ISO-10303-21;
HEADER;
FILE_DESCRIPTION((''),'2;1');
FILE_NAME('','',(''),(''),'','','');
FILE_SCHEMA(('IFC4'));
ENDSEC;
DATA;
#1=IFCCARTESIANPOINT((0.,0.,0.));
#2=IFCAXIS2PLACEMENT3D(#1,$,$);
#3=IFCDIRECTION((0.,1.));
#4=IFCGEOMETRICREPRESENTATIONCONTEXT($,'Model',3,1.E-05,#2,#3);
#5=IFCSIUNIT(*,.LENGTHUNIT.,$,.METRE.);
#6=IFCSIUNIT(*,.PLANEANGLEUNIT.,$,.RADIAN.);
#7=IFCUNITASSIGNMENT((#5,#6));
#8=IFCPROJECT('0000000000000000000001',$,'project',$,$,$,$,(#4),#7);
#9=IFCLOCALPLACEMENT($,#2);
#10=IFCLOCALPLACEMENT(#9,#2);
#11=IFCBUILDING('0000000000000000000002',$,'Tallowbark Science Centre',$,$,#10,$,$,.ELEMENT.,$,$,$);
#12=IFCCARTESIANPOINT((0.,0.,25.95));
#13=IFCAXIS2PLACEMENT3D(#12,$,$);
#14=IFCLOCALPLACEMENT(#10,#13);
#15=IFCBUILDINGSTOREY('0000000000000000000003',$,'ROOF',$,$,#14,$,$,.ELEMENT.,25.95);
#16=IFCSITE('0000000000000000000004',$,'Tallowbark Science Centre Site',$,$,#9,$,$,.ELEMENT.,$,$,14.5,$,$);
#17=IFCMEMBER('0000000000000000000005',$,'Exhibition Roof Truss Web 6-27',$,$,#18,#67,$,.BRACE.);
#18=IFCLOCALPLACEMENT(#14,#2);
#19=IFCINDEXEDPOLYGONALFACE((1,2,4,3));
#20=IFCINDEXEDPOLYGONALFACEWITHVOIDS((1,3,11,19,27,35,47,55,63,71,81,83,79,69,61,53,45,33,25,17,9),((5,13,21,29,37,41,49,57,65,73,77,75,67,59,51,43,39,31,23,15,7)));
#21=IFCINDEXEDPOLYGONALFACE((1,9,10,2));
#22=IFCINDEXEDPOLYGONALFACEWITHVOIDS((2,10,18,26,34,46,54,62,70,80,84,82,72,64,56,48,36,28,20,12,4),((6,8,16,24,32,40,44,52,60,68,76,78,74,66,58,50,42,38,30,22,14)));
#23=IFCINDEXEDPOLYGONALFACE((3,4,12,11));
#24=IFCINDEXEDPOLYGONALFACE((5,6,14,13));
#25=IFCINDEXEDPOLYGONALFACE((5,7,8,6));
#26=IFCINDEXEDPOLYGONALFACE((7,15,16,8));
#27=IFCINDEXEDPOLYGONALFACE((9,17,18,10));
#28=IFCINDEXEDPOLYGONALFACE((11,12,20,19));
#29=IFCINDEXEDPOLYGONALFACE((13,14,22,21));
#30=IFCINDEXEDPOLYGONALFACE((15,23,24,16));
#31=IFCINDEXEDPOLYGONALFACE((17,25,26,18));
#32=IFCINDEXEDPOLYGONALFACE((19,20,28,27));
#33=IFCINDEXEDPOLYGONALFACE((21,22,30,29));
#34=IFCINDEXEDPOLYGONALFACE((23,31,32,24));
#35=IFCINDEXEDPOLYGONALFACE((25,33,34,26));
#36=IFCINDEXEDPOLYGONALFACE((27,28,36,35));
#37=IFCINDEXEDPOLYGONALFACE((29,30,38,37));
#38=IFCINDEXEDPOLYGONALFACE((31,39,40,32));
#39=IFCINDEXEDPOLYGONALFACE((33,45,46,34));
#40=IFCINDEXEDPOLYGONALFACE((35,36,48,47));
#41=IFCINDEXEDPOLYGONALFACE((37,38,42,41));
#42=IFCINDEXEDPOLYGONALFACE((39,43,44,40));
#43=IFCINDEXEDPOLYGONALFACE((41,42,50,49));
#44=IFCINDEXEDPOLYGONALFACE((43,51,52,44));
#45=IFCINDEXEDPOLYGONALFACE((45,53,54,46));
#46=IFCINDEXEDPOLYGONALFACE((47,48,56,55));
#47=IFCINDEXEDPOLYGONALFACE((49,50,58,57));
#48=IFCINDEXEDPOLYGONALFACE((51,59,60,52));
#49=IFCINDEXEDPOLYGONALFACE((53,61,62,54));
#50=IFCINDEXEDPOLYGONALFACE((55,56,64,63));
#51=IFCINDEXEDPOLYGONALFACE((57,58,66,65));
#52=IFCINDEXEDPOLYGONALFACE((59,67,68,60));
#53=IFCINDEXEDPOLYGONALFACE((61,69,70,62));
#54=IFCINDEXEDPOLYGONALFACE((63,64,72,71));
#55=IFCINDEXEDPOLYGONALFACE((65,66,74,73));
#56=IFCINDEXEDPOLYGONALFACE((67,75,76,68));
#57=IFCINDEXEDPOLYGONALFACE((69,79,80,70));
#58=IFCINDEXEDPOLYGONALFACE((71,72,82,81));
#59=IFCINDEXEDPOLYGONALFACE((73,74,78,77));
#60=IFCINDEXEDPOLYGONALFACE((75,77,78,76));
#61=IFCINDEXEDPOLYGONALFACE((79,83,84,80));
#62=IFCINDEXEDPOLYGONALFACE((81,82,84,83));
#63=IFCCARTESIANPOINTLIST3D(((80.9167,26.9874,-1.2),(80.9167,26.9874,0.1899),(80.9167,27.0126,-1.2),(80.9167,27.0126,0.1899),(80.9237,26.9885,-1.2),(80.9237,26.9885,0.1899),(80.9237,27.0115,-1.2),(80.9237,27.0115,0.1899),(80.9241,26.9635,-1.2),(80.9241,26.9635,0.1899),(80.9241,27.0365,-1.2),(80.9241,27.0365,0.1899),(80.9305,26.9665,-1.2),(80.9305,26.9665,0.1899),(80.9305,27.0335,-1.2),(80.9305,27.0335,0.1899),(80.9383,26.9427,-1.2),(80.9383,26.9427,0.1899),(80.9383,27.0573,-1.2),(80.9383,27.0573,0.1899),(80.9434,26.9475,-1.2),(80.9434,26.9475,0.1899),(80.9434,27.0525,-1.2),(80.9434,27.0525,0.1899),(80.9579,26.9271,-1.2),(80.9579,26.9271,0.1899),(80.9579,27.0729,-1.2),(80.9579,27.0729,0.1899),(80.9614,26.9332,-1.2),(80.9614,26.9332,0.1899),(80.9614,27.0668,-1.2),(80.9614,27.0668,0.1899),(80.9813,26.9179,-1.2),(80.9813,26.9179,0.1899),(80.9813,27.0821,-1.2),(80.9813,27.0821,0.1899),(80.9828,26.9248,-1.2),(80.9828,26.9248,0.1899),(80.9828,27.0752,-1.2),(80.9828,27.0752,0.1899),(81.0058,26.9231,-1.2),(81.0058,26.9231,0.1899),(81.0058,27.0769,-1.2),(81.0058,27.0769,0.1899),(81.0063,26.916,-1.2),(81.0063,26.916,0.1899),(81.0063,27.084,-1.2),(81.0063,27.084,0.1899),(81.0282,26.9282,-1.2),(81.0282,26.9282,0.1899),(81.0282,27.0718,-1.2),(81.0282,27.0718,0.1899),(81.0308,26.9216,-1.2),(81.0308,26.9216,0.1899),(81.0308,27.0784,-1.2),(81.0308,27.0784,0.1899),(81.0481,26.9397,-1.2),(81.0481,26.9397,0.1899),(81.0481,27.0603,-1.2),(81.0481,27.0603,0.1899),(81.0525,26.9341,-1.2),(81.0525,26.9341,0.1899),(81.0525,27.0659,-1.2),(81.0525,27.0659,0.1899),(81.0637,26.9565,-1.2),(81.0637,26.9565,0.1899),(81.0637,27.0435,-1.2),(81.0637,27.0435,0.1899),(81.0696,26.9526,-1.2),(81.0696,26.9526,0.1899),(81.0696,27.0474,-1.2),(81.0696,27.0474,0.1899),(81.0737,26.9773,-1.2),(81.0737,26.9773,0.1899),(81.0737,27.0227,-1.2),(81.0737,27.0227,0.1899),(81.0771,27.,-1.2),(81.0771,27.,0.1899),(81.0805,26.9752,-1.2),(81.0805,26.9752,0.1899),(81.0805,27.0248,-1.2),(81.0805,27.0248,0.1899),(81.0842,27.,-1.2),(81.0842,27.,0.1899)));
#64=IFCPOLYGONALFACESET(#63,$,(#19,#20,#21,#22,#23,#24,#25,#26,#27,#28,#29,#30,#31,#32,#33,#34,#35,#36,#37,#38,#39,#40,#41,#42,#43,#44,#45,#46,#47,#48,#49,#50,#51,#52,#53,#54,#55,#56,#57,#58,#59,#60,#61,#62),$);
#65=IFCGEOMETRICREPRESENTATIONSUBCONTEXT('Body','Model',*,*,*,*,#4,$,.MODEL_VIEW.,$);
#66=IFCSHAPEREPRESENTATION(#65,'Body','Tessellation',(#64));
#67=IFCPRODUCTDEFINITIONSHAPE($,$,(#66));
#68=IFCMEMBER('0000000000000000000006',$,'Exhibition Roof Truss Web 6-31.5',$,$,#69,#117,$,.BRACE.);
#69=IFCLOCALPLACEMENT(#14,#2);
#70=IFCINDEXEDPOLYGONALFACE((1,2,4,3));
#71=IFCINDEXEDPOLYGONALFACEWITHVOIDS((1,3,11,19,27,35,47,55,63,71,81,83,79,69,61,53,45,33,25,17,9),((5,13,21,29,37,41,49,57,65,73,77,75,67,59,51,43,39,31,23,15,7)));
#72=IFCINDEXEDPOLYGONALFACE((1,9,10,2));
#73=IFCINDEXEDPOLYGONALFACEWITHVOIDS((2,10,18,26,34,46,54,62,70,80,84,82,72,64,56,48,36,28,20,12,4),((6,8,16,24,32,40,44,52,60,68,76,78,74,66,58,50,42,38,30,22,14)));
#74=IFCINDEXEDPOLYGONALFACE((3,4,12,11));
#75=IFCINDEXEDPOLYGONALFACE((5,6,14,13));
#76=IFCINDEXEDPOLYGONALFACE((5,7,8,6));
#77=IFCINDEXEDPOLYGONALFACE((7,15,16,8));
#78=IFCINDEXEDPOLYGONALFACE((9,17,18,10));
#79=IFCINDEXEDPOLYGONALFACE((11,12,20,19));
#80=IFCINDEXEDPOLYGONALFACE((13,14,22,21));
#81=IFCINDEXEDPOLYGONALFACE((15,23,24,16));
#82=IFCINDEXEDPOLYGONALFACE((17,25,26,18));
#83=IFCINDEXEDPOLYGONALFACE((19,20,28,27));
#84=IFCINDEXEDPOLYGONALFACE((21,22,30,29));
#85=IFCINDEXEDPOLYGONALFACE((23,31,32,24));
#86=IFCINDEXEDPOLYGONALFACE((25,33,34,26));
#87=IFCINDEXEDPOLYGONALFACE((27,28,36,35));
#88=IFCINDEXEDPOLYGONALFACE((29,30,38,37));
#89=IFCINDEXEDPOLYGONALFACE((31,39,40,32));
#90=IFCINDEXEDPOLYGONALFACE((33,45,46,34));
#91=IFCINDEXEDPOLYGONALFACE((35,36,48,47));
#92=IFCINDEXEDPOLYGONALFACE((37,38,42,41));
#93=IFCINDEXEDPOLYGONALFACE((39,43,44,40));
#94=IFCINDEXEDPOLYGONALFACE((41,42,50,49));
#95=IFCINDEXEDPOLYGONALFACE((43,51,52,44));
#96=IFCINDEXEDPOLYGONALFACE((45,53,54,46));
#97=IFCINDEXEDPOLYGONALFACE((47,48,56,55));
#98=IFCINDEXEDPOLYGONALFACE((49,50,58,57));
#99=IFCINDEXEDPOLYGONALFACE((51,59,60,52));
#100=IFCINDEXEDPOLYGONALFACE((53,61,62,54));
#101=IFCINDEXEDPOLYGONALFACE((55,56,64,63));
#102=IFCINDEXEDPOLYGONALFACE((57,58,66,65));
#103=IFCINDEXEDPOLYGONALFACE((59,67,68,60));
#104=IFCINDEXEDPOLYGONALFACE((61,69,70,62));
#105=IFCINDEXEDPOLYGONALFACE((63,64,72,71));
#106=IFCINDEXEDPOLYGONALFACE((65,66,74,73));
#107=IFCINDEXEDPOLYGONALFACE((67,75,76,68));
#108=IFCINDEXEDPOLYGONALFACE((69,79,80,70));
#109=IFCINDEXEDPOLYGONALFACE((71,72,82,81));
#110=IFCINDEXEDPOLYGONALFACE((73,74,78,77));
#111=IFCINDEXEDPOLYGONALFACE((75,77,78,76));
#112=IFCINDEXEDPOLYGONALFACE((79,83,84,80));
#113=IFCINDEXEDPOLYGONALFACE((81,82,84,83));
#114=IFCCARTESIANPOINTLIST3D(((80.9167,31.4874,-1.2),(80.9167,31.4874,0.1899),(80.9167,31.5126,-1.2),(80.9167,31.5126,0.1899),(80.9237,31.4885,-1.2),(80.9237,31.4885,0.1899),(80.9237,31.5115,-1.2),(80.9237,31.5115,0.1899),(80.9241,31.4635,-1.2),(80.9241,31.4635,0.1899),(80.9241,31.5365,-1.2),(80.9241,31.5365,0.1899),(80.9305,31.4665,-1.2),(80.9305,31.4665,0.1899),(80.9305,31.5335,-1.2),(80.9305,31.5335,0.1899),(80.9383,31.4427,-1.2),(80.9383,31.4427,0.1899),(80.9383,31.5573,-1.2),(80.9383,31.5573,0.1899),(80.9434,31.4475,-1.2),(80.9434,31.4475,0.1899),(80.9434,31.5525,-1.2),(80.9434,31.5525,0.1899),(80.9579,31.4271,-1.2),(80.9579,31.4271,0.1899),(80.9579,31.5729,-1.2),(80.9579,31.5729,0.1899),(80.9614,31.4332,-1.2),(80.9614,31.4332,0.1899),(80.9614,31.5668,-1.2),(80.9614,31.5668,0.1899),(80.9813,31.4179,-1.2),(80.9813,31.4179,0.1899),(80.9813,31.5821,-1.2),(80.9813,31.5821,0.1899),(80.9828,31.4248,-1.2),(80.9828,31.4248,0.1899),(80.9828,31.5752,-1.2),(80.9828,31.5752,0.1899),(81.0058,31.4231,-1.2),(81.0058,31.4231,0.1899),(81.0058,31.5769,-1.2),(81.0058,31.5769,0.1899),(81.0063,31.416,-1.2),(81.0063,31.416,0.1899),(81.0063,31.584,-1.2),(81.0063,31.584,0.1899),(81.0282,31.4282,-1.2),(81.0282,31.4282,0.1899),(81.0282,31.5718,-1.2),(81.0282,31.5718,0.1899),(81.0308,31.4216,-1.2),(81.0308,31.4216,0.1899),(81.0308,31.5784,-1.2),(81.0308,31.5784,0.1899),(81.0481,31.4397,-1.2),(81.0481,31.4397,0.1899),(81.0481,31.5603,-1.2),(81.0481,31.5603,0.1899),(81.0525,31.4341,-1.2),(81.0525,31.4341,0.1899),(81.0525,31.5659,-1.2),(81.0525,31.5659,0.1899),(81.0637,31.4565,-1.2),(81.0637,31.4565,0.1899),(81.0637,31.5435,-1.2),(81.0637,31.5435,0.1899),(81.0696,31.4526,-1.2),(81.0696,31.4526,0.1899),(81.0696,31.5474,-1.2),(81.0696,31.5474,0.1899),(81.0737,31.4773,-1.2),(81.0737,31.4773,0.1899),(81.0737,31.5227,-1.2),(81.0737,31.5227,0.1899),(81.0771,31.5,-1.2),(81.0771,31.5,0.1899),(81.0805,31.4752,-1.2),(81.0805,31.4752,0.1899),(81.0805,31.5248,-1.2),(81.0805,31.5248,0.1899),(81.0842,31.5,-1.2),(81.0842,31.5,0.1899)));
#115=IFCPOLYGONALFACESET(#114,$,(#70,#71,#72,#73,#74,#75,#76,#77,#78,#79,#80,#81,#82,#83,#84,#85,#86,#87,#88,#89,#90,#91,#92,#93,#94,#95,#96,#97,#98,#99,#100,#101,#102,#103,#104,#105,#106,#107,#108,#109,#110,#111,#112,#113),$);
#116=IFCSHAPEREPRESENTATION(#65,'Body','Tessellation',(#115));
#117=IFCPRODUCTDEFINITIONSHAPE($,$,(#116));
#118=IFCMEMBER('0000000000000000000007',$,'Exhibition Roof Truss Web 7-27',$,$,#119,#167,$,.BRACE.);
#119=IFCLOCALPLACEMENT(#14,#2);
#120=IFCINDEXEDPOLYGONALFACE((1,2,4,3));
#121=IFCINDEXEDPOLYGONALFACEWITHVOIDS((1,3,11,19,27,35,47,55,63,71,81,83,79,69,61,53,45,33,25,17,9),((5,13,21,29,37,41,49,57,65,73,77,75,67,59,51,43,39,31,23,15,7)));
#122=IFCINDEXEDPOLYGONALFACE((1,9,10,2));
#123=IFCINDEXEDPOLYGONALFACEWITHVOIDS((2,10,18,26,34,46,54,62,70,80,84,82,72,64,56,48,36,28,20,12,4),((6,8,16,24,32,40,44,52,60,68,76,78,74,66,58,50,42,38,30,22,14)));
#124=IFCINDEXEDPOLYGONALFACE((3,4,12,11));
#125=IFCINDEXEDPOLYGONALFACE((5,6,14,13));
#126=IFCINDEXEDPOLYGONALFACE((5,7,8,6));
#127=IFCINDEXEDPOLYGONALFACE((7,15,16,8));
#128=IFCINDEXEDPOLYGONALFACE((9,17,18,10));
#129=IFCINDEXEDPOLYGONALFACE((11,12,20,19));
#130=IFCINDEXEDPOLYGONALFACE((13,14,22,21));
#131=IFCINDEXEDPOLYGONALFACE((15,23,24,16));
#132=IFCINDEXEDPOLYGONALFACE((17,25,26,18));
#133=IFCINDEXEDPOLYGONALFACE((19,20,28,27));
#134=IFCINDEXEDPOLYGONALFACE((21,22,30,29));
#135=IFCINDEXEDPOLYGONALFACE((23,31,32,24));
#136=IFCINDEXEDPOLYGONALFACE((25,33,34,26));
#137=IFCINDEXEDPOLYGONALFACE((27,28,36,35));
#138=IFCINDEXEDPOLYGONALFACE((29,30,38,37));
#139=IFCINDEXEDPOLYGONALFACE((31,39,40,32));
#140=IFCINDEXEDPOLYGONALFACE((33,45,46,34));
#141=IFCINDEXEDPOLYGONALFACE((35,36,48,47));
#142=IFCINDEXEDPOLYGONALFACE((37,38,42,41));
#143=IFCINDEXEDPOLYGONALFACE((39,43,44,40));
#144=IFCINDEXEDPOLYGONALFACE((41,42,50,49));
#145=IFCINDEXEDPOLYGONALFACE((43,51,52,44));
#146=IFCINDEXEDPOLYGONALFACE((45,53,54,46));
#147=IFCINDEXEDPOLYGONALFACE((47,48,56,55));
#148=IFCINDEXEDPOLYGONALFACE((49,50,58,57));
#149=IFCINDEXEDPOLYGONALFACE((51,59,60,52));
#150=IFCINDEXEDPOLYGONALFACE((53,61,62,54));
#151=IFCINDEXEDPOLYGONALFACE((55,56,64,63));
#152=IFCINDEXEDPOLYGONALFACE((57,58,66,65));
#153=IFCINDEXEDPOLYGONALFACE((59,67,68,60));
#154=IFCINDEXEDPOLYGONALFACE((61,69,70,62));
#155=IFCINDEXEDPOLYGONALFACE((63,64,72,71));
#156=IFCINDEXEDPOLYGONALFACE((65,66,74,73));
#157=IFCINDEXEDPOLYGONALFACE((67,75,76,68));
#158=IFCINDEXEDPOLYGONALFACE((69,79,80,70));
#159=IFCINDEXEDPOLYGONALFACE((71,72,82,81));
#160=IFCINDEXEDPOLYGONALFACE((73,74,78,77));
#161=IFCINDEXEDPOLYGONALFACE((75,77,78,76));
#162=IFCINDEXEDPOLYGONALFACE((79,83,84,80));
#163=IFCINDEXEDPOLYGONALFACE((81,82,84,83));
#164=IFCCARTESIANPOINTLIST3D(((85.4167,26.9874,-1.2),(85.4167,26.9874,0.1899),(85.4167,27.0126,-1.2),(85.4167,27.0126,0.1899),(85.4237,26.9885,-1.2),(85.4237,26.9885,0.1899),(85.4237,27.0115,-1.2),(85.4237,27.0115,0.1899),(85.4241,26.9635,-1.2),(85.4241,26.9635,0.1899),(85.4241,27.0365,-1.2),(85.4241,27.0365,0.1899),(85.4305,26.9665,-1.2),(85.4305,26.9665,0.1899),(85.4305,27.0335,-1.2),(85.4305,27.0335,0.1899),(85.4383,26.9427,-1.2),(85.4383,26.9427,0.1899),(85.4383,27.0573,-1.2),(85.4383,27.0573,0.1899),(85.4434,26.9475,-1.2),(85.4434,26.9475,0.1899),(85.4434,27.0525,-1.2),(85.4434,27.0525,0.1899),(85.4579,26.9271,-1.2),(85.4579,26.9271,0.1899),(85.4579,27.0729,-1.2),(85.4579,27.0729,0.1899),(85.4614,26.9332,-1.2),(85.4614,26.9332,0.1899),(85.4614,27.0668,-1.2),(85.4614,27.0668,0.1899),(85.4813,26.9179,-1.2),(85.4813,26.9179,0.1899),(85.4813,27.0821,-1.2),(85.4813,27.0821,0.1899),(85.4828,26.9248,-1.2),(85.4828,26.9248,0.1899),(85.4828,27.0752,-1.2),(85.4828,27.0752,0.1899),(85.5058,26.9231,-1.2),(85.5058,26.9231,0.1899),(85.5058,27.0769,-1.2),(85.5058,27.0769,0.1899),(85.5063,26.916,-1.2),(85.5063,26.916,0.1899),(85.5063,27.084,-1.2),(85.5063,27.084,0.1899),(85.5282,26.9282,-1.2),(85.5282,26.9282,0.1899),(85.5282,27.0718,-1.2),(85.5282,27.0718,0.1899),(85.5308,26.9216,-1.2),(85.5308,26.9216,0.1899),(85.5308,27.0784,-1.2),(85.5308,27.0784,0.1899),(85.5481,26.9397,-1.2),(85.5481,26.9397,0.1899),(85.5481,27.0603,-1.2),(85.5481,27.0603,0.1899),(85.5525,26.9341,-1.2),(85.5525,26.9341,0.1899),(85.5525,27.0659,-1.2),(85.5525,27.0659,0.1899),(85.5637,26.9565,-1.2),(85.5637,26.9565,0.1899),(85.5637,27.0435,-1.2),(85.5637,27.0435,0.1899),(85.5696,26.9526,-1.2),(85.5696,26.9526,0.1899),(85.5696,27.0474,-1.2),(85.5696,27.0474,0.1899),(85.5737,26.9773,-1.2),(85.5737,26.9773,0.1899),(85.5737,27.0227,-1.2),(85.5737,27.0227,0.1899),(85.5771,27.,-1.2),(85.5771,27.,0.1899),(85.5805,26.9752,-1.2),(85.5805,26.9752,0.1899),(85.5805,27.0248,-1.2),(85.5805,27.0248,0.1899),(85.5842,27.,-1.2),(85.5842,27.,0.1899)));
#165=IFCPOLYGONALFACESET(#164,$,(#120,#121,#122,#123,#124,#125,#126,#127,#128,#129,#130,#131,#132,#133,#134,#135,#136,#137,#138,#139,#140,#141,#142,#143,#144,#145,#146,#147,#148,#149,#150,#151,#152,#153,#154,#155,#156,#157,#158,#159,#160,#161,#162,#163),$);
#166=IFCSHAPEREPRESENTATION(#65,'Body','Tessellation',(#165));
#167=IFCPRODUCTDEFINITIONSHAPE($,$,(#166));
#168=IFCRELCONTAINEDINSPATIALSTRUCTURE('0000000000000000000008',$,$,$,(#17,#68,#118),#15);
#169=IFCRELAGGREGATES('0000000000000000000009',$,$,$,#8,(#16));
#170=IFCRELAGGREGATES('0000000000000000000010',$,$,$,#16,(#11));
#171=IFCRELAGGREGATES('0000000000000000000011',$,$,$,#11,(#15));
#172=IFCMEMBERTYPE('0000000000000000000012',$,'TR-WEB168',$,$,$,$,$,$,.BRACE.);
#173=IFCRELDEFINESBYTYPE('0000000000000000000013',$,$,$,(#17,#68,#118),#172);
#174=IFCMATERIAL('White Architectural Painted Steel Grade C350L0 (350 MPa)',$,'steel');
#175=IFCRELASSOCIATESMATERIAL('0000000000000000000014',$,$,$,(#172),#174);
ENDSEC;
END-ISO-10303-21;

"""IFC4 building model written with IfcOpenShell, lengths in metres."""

from ifc_helpers import new_model, si_unit, direction, frame, origin, origin_2d, place, context, subcontext, project, spatial, hollow_circle, extrude, material, material_profile, profile_set, type_object, element, save


model = new_model("IFC4")

# Units and contexts
model_context = context("Model", 3, precision=1e-05, world=origin(), true_north=direction((0.0, 1.0)))
body_context = subcontext(model_context, "Body", "Model", "MODEL_VIEW")
ifc_project = project(units=[si_unit("LENGTHUNIT", "METRE"), si_unit("PLANEANGLEUNIT", "RADIAN")], contexts=[model_context])

# Site, building, storey
site_placement = place(None, origin())
site = spatial("IfcSite", under=ifc_project, at=site_placement, Name="Tallowbark Science Centre Site", CompositionType="ELEMENT", RefElevation=14.5)
building_placement = place(site_placement, origin())
building = spatial("IfcBuilding", under=site, at=building_placement, Name="Tallowbark Science Centre", CompositionType="ELEMENT")
storey_placement = place(building_placement, frame((0.0, 0.0, 25.95)))
storey = spatial("IfcBuildingStorey", under=building, at=storey_placement, Name="ROOF", CompositionType="ELEMENT", Elevation=25.95)

# Members
ifc_material_1 = material(Name="White Architectural Painted Steel Grade C350L0 (350 MPa)", Category="steel")
ifc_material_profile_1 = material_profile(ifc_material_1, hollow_circle(Radius=0.0842, WallThickness=0.0071, at=origin_2d()), Name="168.3x7.1CHS")
ifc_profile_set_1 = profile_set([ifc_material_profile_1], Name="White Architectural Painted Steel Grade C350L0 (350 MPa)")
member_type_1 = type_object("IfcMemberType", Name="TR-WEB168", PredefinedType="BRACE", material=ifc_profile_set_1)
for number, where, z_axis, x_axis, name in (
    (1, (81.0, 27.0, -1.2), (0.0, 0.0, 1.0), (1.0, 0.0, 0.0), "Exhibition Roof Truss Web 6-27"),
    (2, (81.0, 31.5, -1.2), (0.0, 0.0, 1.0), (1.0, 0.0, 0.0), "Exhibition Roof Truss Web 6-31.5"),
    (3, (85.5, 27.0, -1.2), (0.0, 0.0, 1.0), (1.0, 0.0, 0.0), "Exhibition Roof Truss Web 7-27"),
):
    element("IfcMember", number, at=place(storey_placement, frame(where, z_axis=z_axis, x_axis=x_axis)), inside=storey, type_object=member_type_1, Name=name, PredefinedType="BRACE", context=body_context, shape_type="SweptSolid", body=[
        extrude(hollow_circle(Radius=0.0842, WallThickness=0.0071, at=origin_2d()), origin(), (0.0, 0.0, 1.0), 1.3899),
    ])

save(model, "model.ifc")
